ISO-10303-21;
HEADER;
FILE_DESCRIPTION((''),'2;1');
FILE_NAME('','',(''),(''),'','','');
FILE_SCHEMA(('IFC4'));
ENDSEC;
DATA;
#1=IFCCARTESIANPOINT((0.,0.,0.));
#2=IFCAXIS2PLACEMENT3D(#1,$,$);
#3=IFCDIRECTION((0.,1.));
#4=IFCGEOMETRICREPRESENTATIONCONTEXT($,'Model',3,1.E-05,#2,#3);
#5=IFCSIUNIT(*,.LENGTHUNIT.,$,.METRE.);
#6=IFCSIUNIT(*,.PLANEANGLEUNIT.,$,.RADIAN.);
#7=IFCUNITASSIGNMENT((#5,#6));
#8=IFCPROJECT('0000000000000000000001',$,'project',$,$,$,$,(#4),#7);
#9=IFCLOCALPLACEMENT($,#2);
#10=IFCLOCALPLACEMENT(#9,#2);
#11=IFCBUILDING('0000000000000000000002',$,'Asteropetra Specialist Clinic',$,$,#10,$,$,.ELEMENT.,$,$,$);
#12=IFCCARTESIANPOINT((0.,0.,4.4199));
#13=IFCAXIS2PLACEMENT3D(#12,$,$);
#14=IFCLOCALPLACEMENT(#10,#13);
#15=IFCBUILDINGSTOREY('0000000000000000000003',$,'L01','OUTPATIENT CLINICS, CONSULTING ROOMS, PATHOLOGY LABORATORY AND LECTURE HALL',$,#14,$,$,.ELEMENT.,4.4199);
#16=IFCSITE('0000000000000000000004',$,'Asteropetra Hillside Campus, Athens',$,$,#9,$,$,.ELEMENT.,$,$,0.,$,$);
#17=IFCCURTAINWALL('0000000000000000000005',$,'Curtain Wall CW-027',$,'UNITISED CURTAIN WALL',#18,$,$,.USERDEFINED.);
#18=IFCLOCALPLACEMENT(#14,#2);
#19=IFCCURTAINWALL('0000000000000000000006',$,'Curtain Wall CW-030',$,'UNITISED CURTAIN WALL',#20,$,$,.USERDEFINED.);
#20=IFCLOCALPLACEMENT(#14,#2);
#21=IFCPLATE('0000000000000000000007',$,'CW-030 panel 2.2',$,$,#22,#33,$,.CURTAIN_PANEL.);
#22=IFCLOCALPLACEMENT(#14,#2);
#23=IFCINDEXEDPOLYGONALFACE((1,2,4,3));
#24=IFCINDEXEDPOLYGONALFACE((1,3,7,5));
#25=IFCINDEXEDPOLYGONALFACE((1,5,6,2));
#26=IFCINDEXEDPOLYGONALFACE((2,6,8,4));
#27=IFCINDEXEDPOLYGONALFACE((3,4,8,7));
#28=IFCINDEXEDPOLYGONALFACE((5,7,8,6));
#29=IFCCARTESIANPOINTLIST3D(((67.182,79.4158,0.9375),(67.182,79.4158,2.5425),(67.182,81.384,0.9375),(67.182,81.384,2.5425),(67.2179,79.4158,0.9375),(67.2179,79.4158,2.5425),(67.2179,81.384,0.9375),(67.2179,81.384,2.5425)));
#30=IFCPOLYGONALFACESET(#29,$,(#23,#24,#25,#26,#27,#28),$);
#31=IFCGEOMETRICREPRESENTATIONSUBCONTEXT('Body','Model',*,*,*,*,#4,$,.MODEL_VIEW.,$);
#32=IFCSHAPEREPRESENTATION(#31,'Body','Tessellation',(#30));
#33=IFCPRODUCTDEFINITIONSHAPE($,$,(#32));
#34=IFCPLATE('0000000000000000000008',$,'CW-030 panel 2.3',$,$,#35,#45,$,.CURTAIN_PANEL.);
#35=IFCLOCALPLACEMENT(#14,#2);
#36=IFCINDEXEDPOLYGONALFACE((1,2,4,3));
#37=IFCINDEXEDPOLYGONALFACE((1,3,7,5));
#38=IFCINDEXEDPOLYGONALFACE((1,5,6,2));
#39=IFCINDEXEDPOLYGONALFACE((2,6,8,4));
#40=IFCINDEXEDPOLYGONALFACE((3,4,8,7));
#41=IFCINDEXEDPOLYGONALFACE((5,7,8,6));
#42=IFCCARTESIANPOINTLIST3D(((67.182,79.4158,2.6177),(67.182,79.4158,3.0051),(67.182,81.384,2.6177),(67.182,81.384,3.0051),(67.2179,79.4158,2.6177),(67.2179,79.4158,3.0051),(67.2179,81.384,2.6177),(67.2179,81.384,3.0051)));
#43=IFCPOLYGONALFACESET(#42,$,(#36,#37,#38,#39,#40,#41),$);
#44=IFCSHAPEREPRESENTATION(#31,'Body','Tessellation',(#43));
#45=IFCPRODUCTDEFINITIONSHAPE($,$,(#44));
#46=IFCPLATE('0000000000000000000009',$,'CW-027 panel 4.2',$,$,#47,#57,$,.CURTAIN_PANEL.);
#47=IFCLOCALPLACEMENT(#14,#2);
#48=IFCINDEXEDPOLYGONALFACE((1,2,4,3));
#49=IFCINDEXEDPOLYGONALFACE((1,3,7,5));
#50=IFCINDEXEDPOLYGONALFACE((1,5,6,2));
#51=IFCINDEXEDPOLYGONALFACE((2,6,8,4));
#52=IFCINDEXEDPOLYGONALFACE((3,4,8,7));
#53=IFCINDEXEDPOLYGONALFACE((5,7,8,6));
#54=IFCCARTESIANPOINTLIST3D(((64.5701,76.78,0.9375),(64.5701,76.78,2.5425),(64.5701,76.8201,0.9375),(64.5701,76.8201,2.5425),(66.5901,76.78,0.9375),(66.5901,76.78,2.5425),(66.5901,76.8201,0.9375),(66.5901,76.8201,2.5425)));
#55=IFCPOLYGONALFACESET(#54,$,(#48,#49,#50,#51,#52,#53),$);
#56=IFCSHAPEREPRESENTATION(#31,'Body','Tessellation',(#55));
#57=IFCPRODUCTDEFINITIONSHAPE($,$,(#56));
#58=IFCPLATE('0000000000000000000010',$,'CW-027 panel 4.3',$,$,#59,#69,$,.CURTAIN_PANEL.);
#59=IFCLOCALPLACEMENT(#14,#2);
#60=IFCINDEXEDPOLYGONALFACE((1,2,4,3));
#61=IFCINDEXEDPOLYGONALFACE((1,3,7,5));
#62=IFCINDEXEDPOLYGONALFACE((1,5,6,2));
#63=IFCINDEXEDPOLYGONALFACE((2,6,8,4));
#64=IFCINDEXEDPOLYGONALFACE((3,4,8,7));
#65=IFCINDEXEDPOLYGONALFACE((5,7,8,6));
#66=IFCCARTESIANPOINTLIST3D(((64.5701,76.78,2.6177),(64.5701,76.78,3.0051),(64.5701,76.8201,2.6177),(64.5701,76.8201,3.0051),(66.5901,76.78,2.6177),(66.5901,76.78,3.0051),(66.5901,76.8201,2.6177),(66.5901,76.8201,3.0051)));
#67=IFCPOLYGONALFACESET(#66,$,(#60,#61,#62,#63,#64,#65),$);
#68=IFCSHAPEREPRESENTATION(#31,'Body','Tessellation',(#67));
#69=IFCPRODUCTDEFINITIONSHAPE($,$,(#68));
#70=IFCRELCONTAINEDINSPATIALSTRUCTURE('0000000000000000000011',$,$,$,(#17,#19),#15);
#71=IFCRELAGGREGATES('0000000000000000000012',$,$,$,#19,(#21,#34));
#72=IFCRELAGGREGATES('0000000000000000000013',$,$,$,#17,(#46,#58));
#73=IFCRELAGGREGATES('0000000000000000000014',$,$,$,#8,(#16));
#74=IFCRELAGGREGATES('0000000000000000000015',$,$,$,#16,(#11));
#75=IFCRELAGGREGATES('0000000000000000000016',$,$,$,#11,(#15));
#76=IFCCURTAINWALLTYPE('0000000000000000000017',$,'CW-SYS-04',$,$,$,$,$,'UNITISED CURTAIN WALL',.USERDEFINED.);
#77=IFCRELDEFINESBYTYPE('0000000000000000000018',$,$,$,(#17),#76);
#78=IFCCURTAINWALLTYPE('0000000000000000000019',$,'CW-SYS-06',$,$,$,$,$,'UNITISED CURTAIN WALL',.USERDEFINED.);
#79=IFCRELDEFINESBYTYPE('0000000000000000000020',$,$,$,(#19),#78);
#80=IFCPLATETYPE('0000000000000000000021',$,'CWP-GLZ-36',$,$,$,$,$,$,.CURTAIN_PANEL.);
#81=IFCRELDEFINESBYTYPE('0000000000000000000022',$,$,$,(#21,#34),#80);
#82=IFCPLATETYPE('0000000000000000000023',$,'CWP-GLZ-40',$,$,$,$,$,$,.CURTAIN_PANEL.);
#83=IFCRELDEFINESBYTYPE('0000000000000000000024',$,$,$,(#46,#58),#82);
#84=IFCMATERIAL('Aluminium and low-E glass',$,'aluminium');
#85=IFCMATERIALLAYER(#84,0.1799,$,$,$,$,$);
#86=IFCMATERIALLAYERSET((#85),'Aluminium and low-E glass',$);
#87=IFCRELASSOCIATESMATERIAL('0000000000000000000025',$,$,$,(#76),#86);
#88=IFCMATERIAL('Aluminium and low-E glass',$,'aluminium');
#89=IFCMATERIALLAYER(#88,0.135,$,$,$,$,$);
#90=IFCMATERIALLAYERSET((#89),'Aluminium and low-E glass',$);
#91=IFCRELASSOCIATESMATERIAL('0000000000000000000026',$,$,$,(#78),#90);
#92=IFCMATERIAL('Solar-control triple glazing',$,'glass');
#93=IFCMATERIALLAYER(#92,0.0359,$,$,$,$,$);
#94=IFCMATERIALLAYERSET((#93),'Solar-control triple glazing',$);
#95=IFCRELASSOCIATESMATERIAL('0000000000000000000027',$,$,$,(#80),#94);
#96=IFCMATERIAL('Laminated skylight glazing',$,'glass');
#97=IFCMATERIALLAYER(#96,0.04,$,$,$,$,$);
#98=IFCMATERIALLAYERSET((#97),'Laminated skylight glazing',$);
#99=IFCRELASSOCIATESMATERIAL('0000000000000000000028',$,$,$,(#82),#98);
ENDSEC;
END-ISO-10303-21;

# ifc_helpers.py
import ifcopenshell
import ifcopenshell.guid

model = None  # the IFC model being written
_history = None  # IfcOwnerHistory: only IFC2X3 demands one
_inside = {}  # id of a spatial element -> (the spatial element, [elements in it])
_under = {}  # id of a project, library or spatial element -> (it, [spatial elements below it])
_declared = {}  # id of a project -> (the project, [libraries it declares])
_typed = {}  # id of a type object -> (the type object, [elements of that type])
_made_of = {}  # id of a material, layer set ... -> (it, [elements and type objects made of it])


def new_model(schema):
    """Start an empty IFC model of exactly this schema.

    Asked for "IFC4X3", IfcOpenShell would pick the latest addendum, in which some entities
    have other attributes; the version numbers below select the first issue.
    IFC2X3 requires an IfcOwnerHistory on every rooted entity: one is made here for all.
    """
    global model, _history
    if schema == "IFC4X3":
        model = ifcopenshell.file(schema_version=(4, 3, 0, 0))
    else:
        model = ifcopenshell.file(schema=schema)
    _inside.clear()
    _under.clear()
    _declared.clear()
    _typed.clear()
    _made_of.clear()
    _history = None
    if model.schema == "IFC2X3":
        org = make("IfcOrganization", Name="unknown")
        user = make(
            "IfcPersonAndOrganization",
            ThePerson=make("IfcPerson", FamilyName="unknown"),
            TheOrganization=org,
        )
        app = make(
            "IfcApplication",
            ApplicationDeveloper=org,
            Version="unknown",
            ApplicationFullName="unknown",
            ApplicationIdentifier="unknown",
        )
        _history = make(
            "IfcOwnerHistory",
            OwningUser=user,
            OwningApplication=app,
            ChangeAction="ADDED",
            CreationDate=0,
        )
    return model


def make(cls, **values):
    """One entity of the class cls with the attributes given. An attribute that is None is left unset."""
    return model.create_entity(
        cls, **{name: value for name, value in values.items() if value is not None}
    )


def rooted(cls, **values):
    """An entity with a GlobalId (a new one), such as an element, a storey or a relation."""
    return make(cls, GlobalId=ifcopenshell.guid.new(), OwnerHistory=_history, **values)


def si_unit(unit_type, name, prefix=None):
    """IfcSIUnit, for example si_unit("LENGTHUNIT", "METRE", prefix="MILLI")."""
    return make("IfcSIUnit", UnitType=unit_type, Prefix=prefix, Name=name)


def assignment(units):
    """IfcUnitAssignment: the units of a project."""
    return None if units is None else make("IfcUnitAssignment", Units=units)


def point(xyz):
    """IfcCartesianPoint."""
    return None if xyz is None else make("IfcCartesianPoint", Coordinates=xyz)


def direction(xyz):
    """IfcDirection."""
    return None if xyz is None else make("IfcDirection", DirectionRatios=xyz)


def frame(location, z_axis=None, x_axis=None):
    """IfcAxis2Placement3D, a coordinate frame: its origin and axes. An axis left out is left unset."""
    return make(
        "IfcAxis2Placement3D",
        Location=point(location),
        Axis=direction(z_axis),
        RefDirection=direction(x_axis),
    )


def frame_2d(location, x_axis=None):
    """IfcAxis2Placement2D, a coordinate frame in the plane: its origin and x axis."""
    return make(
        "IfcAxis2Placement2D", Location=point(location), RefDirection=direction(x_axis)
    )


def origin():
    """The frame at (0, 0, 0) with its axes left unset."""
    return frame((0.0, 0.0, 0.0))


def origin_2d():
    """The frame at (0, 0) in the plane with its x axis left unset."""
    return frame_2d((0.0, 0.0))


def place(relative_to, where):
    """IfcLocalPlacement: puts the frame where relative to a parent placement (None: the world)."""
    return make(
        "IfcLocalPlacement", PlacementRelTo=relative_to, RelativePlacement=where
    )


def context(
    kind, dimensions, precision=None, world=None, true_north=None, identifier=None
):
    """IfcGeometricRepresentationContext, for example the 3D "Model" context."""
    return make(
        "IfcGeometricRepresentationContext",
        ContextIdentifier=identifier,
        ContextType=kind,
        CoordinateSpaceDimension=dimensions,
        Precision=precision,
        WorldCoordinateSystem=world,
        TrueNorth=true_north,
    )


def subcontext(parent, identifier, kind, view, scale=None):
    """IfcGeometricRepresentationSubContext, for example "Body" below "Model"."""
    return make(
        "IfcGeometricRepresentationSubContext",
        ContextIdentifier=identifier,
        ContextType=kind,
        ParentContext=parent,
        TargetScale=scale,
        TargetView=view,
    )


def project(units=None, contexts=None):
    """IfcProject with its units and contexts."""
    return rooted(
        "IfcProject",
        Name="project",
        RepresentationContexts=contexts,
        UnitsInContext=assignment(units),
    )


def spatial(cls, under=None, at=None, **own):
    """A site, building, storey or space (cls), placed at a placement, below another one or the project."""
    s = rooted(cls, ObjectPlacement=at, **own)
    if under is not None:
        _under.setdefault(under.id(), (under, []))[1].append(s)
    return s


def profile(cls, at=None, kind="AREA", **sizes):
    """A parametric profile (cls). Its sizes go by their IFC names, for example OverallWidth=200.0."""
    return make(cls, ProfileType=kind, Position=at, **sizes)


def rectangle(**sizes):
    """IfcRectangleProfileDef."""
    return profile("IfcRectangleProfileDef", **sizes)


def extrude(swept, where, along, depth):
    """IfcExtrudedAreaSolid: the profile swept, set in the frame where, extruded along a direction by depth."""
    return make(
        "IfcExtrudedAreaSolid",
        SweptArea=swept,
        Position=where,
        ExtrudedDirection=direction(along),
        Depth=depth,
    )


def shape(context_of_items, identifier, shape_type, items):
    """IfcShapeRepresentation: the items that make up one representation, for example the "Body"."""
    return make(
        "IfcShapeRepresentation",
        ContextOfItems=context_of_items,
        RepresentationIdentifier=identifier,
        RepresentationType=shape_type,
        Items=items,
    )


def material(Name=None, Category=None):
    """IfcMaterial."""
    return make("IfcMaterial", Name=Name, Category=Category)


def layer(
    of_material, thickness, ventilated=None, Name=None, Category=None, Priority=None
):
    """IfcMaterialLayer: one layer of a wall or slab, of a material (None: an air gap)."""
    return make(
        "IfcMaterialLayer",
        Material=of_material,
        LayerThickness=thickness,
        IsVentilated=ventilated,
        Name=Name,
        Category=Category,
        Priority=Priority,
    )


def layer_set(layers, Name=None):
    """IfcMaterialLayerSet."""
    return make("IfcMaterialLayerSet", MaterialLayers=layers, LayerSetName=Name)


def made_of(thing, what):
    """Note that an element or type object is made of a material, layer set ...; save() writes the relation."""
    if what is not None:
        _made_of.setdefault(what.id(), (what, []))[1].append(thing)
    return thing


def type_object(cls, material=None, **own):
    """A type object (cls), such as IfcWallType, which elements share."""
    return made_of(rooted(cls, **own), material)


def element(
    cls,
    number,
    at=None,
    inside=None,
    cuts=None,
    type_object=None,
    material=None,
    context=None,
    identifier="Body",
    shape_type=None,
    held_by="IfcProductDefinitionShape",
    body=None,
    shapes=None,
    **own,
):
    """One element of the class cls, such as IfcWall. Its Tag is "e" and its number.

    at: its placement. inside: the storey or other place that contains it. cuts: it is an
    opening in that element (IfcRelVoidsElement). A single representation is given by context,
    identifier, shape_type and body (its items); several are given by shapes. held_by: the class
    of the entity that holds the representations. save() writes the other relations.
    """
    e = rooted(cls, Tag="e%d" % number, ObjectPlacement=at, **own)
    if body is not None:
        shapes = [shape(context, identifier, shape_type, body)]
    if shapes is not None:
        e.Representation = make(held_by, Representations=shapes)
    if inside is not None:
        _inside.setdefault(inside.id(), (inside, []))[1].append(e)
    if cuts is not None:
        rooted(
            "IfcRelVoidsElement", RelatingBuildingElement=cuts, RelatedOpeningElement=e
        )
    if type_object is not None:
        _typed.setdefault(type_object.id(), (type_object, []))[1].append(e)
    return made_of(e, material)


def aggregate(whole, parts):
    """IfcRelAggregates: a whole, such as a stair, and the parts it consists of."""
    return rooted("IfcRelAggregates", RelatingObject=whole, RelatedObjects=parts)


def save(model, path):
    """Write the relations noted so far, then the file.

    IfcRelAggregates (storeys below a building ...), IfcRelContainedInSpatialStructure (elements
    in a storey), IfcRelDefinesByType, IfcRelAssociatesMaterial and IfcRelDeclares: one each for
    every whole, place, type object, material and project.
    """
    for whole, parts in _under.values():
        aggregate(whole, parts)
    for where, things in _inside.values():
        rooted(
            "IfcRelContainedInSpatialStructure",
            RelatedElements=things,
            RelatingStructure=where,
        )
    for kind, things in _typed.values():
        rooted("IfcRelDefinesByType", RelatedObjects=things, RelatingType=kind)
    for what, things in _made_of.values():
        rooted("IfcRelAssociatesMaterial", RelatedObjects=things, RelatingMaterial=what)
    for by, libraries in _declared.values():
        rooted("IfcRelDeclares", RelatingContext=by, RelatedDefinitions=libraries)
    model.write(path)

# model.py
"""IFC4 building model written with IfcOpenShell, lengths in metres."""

from ifc_helpers import new_model, si_unit, direction, frame, origin, origin_2d, place, context, subcontext, project, spatial, rectangle, extrude, material, layer, layer_set, type_object, element, aggregate, save


model = new_model("IFC4")

# Units and contexts
model_context = context("Model", 3, precision=1e-05, world=origin(), true_north=direction((0.0, 1.0)))
body_context = subcontext(model_context, "Body", "Model", "MODEL_VIEW")
ifc_project = project(units=[si_unit("LENGTHUNIT", "METRE"), si_unit("PLANEANGLEUNIT", "RADIAN")], contexts=[model_context])

# Site, building, storey
site_placement = place(None, origin())
site = spatial("IfcSite", under=ifc_project, at=site_placement, Name="Asteropetra Hillside Campus, Athens", CompositionType="ELEMENT", RefElevation=0.0)
building_placement = place(site_placement, origin())
building = spatial("IfcBuilding", under=site, at=building_placement, Name="Asteropetra Specialist Clinic", CompositionType="ELEMENT")
storey_placement = place(building_placement, frame((0.0, 0.0, 4.4199)))
storey = spatial("IfcBuildingStorey", under=building, at=storey_placement, Name="L01", Description="OUTPATIENT CLINICS, CONSULTING ROOMS, PATHOLOGY LABORATORY AND LECTURE HALL", CompositionType="ELEMENT", Elevation=4.4199)

# Curtain wall
ifc_material_1 = material(Name="Aluminium and low-E glass", Category="aluminium")
ifc_layer_1 = layer(ifc_material_1, 0.1799)
ifc_layer_set_1 = layer_set([ifc_layer_1], Name="Aluminium and low-E glass")
curtain_wall_type_1 = type_object("IfcCurtainWallType", Name="CW-SYS-04", ElementType="UNITISED CURTAIN WALL", PredefinedType="USERDEFINED", material=ifc_layer_set_1)
curtain_wall_1_placement = place(storey_placement, origin())
curtain_wall_1 = element("IfcCurtainWall", 1, at=curtain_wall_1_placement, inside=storey, type_object=curtain_wall_type_1, Name="Curtain Wall CW-027", ObjectType="UNITISED CURTAIN WALL", PredefinedType="USERDEFINED")

# Curtain wall, plates
ifc_material_2 = material(Name="Aluminium and low-E glass", Category="aluminium")
ifc_layer_2 = layer(ifc_material_2, 0.135)
ifc_layer_set_2 = layer_set([ifc_layer_2], Name="Aluminium and low-E glass")
curtain_wall_type_2 = type_object("IfcCurtainWallType", Name="CW-SYS-06", ElementType="UNITISED CURTAIN WALL", PredefinedType="USERDEFINED", material=ifc_layer_set_2)
curtain_wall_2_placement = place(storey_placement, origin())
curtain_wall_2 = element("IfcCurtainWall", 2, at=curtain_wall_2_placement, inside=storey, type_object=curtain_wall_type_2, Name="Curtain Wall CW-030", ObjectType="UNITISED CURTAIN WALL", PredefinedType="USERDEFINED")
ifc_material_3 = material(Name="Solar-control triple glazing", Category="glass")
ifc_layer_3 = layer(ifc_material_3, 0.0359)
ifc_layer_set_3 = layer_set([ifc_layer_3], Name="Solar-control triple glazing")
plate_type_1 = type_object("IfcPlateType", Name="CWP-GLZ-36", PredefinedType="CURTAIN_PANEL", material=ifc_layer_set_3)
plate_1_placement = place(storey_placement, frame((67.2, 80.3999, 0.9375), z_axis=(0.0, 0.0, 1.0), x_axis=(0.0, 1.0, 0.0)))
plate_1 = element("IfcPlate", 3, at=plate_1_placement, type_object=plate_type_1, Name="CW-030 panel 2.2", PredefinedType="CURTAIN_PANEL", context=body_context, shape_type="SweptSolid", body=[
    extrude(rectangle(XDim=1.9683, YDim=0.0359, at=origin_2d()), origin(), (0.0, 0.0, 1.0), 1.605),
])
plate_2_placement = place(storey_placement, frame((67.2, 80.3999, 2.6177), z_axis=(0.0, 0.0, 1.0), x_axis=(0.0, 1.0, 0.0)))
plate_2 = element("IfcPlate", 4, at=plate_2_placement, type_object=plate_type_1, Name="CW-030 panel 2.3", PredefinedType="CURTAIN_PANEL", context=body_context, shape_type="SweptSolid", body=[
    extrude(rectangle(XDim=1.9683, YDim=0.0359, at=origin_2d()), origin(), (0.0, 0.0, 1.0), 0.3875),
])
aggregate(curtain_wall_2, [plate_1, plate_2])

# Plates
ifc_material_4 = material(Name="Laminated skylight glazing", Category="glass")
ifc_layer_4 = layer(ifc_material_4, 0.04)
ifc_layer_set_4 = layer_set([ifc_layer_4], Name="Laminated skylight glazing")
plate_type_2 = type_object("IfcPlateType", Name="CWP-GLZ-40", PredefinedType="CURTAIN_PANEL", material=ifc_layer_set_4)
plate_3_placement = place(storey_placement, frame((65.5801, 76.8, 0.9375), z_axis=(0.0, 0.0, 1.0), x_axis=(1.0, 0.0, 0.0)))
plate_3 = element("IfcPlate", 5, at=plate_3_placement, type_object=plate_type_2, Name="CW-027 panel 4.2", PredefinedType="CURTAIN_PANEL", context=body_context, shape_type="SweptSolid", body=[
    extrude(rectangle(XDim=2.02, YDim=0.04, at=origin_2d()), origin(), (0.0, 0.0, 1.0), 1.605),
])
plate_4_placement = place(storey_placement, frame((65.5801, 76.8, 2.6177), z_axis=(0.0, 0.0, 1.0), x_axis=(1.0, 0.0, 0.0)))
plate_4 = element("IfcPlate", 6, at=plate_4_placement, type_object=plate_type_2, Name="CW-027 panel 4.3", PredefinedType="CURTAIN_PANEL", context=body_context, shape_type="SweptSolid", body=[
    extrude(rectangle(XDim=2.02, YDim=0.04, at=origin_2d()), origin(), (0.0, 0.0, 1.0), 0.3875),
])
aggregate(curtain_wall_1, [plate_3, plate_4])

save(model, "model.ifc")
